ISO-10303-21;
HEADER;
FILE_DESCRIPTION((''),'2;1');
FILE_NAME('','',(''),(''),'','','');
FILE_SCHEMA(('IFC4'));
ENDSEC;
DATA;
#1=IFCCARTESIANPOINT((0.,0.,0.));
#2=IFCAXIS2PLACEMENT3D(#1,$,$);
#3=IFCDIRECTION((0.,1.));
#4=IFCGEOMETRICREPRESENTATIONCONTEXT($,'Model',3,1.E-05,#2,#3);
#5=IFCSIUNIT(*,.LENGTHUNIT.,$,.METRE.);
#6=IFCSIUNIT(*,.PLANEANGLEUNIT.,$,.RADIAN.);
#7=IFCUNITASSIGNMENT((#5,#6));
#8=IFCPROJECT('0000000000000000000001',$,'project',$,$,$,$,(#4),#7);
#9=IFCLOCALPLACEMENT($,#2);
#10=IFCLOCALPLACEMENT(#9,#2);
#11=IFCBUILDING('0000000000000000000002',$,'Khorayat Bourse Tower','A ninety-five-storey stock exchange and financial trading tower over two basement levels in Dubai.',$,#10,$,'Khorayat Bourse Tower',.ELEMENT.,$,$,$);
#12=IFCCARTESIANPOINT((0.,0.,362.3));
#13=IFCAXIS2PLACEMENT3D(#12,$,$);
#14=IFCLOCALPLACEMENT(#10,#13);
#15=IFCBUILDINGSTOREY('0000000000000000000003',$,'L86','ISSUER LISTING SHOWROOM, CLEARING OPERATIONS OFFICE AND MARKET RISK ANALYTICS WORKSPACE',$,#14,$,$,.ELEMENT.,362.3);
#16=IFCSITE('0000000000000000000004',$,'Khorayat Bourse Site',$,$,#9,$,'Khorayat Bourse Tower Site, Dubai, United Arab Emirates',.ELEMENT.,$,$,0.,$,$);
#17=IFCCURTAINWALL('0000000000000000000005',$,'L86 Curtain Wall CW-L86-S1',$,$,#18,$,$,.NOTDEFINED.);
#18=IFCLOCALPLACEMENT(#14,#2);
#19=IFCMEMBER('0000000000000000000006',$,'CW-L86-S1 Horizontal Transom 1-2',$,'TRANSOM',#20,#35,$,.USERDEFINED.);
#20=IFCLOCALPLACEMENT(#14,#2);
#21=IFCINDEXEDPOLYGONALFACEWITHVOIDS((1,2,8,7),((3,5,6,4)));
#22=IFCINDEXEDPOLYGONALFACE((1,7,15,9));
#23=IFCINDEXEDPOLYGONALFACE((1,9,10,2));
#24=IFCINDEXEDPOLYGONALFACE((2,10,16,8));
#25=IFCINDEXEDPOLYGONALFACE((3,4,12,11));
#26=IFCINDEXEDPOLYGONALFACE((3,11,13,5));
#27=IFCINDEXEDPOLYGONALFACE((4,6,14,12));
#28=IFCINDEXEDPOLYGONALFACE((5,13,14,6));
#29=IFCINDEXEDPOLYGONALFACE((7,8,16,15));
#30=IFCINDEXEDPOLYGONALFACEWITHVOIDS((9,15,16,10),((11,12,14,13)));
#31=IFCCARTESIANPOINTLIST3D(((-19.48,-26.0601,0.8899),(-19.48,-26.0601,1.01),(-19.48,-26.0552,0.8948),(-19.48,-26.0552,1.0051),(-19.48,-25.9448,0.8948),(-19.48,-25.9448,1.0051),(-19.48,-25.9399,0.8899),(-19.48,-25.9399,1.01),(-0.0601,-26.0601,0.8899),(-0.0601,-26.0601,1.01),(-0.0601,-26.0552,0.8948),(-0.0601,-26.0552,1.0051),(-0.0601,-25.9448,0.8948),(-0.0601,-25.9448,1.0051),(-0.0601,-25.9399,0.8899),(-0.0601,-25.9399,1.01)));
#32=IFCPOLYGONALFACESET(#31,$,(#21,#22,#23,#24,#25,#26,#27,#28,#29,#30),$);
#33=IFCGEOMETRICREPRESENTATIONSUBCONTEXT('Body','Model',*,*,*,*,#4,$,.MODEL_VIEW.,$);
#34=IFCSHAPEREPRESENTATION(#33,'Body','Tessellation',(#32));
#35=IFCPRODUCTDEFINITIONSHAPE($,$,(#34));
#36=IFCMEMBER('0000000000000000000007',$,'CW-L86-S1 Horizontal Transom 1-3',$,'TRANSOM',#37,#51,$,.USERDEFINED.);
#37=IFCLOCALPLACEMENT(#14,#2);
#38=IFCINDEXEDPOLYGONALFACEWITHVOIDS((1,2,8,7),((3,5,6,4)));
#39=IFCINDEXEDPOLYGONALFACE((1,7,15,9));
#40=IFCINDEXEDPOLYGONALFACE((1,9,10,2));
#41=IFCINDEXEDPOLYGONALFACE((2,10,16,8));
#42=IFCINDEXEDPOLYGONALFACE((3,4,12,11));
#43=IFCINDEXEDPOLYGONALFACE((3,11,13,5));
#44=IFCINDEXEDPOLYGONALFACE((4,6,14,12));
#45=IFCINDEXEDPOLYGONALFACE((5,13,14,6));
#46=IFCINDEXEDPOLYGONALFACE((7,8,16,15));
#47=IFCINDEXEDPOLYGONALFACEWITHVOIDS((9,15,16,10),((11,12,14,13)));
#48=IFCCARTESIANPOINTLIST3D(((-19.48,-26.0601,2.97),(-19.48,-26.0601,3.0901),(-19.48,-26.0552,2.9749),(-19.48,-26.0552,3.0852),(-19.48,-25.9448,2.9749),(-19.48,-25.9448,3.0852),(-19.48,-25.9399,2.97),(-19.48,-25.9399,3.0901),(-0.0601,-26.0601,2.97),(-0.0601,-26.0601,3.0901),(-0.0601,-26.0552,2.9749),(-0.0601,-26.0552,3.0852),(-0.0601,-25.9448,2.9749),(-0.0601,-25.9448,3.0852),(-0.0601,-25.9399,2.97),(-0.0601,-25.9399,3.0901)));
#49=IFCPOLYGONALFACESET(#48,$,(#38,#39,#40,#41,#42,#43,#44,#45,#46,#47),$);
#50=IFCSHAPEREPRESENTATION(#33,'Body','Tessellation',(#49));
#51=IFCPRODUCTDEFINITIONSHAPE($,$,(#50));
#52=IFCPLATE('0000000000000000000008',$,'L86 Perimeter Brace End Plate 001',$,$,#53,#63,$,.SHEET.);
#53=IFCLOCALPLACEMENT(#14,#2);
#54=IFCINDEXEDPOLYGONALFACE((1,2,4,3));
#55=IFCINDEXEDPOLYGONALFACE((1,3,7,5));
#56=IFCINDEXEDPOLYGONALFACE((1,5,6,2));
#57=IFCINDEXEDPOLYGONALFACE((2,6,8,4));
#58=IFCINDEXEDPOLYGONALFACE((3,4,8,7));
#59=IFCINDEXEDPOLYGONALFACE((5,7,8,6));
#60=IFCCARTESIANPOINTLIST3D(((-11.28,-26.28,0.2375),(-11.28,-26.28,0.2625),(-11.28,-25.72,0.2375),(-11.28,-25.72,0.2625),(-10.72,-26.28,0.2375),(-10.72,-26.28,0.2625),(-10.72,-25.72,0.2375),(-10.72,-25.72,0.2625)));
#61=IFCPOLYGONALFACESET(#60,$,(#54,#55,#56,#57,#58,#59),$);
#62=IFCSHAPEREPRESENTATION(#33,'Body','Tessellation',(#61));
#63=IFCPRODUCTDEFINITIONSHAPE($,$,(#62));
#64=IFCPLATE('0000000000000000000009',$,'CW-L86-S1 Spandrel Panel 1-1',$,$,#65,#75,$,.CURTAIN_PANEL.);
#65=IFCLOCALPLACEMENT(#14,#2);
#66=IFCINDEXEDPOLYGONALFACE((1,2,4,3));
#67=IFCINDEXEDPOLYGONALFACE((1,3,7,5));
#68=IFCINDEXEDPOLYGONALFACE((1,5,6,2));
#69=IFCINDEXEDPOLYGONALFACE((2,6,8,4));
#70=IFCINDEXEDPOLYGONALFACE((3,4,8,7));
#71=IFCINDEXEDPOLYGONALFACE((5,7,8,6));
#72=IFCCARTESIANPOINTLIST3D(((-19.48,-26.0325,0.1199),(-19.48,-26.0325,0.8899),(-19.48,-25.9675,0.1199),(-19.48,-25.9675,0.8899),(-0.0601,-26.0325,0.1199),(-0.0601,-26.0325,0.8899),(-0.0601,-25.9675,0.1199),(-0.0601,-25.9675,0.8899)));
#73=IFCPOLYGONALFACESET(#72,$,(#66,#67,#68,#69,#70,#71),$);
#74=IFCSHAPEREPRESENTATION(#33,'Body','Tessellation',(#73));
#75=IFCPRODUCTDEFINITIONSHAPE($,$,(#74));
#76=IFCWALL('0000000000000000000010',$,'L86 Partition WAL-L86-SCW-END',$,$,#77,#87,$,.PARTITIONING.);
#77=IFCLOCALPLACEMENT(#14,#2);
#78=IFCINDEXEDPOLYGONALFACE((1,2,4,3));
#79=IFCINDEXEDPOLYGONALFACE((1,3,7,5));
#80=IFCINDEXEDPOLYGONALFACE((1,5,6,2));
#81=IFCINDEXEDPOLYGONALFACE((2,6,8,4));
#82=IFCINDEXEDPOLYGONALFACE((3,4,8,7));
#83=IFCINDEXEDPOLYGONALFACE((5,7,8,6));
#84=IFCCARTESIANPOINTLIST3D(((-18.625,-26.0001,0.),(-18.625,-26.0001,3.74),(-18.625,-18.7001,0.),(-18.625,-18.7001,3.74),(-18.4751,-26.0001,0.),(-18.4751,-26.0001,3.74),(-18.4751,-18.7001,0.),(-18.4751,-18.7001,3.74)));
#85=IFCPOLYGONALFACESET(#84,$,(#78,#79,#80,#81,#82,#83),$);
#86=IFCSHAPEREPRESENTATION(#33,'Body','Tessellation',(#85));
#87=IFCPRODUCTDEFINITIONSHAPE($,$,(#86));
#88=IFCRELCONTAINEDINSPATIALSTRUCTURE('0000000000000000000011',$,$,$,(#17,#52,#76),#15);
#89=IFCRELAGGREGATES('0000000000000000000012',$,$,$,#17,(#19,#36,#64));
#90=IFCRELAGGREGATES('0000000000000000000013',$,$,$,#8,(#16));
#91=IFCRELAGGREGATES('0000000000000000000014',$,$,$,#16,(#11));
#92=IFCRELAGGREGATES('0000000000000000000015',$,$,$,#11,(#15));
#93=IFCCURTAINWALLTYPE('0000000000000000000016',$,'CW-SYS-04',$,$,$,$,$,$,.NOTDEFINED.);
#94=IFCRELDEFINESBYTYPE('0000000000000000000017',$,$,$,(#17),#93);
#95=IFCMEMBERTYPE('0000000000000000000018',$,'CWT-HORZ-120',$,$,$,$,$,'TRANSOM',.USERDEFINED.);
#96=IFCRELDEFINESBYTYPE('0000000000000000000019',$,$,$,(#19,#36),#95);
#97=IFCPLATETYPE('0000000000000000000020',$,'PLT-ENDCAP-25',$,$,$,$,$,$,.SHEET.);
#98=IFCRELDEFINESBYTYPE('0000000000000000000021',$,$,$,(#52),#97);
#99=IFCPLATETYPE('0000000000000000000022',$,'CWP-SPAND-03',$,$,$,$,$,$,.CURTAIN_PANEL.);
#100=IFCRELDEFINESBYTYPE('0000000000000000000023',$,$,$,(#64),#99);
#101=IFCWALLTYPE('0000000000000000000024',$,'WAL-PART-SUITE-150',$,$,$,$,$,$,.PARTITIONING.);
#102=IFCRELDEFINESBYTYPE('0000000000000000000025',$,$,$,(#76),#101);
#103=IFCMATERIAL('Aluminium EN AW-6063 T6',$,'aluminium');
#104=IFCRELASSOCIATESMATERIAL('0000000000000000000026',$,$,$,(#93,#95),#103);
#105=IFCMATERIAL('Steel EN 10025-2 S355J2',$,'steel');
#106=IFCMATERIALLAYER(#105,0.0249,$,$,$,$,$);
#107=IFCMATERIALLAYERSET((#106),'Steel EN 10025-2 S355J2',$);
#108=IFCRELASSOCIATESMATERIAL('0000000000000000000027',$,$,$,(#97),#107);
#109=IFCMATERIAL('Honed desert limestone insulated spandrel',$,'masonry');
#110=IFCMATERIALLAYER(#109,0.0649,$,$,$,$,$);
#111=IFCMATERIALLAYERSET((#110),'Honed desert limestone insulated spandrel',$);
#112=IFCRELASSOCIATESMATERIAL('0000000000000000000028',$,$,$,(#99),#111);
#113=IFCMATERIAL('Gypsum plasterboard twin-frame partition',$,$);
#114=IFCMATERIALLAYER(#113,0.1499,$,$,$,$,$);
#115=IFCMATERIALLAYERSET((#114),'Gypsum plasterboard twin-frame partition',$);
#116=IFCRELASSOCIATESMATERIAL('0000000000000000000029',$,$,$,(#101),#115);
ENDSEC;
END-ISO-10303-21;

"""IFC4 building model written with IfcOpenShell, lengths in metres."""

from ifc_helpers import new_model, si_unit, direction, frame, frame_2d, origin, origin_2d, place, context, subcontext, project, spatial, rectangle, hollow_rectangle, extrude, source, transform, mapped, material, layer, layer_set, material_profile, profile_set, type_object, element, aggregate, save


model = new_model("IFC4")

# Units and contexts
model_context = context("Model", 3, precision=1e-05, world=origin(), true_north=direction((0.0, 1.0)))
body_context = subcontext(model_context, "Body", "Model", "MODEL_VIEW")
ifc_project = project(units=[si_unit("LENGTHUNIT", "METRE"), si_unit("PLANEANGLEUNIT", "RADIAN")], contexts=[model_context])

# Site, building, storey
site_placement = place(None, origin())
site = spatial("IfcSite", under=ifc_project, at=site_placement, Name="Khorayat Bourse Site", LongName="Khorayat Bourse Tower Site, Dubai, United Arab Emirates", CompositionType="ELEMENT", RefElevation=0.0)
building_placement = place(site_placement, origin())
building = spatial("IfcBuilding", under=site, at=building_placement, Name="Khorayat Bourse Tower", Description="A ninety-five-storey stock exchange and financial trading tower over two basement levels in Dubai.", LongName="Khorayat Bourse Tower", CompositionType="ELEMENT")
storey_placement = place(building_placement, frame((0.0, 0.0, 362.3)))
storey = spatial("IfcBuildingStorey", under=building, at=storey_placement, Name="L86", Description="ISSUER LISTING SHOWROOM, CLEARING OPERATIONS OFFICE AND MARKET RISK ANALYTICS WORKSPACE", CompositionType="ELEMENT", Elevation=362.3)

# Shared definitions
ifc_material_1 = material(Name="Steel EN 10025-2 S355J2", Category="steel")

# Curtain wall, members
ifc_material_2 = material(Name="Aluminium EN AW-6063 T6", Category="aluminium")
curtain_wall_type = type_object("IfcCurtainWallType", Name="CW-SYS-04", PredefinedType="NOTDEFINED", material=ifc_material_2)
curtain_wall_placement = place(storey_placement, origin())
curtain_wall = element("IfcCurtainWall", 1, at=curtain_wall_placement, inside=storey, type_object=curtain_wall_type, Name="L86 Curtain Wall CW-L86-S1", PredefinedType="NOTDEFINED")
ifc_material_profile_1 = material_profile(ifc_material_2, hollow_rectangle(XDim=0.1201, YDim=0.1201, WallThickness=0.0049, at=origin_2d()), Name="ALU 120x120x5")
ifc_profile_set_1 = profile_set([ifc_material_profile_1], Name="Aluminium EN AW-6063 T6")
member_type_1 = type_object("IfcMemberType", Name="CWT-HORZ-120", ElementType="TRANSOM", PredefinedType="USERDEFINED", material=ifc_profile_set_1)
shared_shape_1 = source(origin(), body_context, "Body", "SweptSolid", [
    extrude(hollow_rectangle(XDim=0.1201, YDim=0.1201, WallThickness=0.0049, at=origin_2d()), origin(), (0.0, 0.0, 1.0), 19.4199),
])
member_1_placement = place(storey_placement, frame((-19.48, -26.0, 0.95), z_axis=(1.0, 0.0, 0.0), x_axis=(0.0, 1.0, 0.0)))
member_1 = element("IfcMember", 2, at=member_1_placement, type_object=member_type_1, Name="CW-L86-S1 Horizontal Transom 1-2", ObjectType="TRANSOM", PredefinedType="USERDEFINED", context=body_context, shape_type="MappedRepresentation", body=[
    mapped(shared_shape_1, transform((0.0, 0.0, 0.0), scale=1.0)),
])
member_2_placement = place(storey_placement, frame((-19.48, -26.0, 3.03), z_axis=(1.0, 0.0, 0.0), x_axis=(0.0, 1.0, 0.0)))
member_2 = element("IfcMember", 3, at=member_2_placement, type_object=member_type_1, Name="CW-L86-S1 Horizontal Transom 1-3", ObjectType="TRANSOM", PredefinedType="USERDEFINED", context=body_context, shape_type="MappedRepresentation", body=[
    mapped(shared_shape_1, transform((0.0, 0.0, 0.0), scale=1.0)),
])

# Plates
ifc_layer_1 = layer(ifc_material_1, 0.0249)
ifc_layer_set_1 = layer_set([ifc_layer_1], Name="Steel EN 10025-2 S355J2")
plate_type_1 = type_object("IfcPlateType", Name="PLT-ENDCAP-25", PredefinedType="SHEET", material=ifc_layer_set_1)
shared_shape_2 = source(origin(), body_context, "Body", "SweptSolid", [
    extrude(rectangle(XDim=0.5601, YDim=0.5601, at=origin_2d()), origin(), (0.0, 0.0, 1.0), 0.0249),
])
plate_1_placement = place(storey_placement, frame((-11.0, -26.0, 0.2375), z_axis=(0.0, 0.0, 1.0), x_axis=(1.0, 0.0, 0.0)))
element("IfcPlate", 4, at=plate_1_placement, inside=storey, type_object=plate_type_1, Name="L86 Perimeter Brace End Plate 001", PredefinedType="SHEET", context=body_context, shape_type="MappedRepresentation", body=[
    mapped(shared_shape_2, transform((0.0, 0.0, 0.0), scale=1.0)),
])
ifc_material_3 = material(Name="Honed desert limestone insulated spandrel", Category="masonry")
ifc_layer_2 = layer(ifc_material_3, 0.0649)
ifc_layer_set_2 = layer_set([ifc_layer_2], Name="Honed desert limestone insulated spandrel")
plate_type_2 = type_object("IfcPlateType", Name="CWP-SPAND-03", PredefinedType="CURTAIN_PANEL", material=ifc_layer_set_2)
shared_shape_3 = source(origin(), body_context, "Body", "SweptSolid", [
    extrude(rectangle(XDim=19.4199, YDim=0.0649, at=origin_2d()), origin(), (0.0, 0.0, 1.0), 0.77),
])
plate_2_placement = place(storey_placement, frame((-9.77, -26.0, 0.1199), z_axis=(0.0, 0.0, 1.0), x_axis=(1.0, 0.0, 0.0)))
plate_2 = element("IfcPlate", 5, at=plate_2_placement, type_object=plate_type_2, Name="CW-L86-S1 Spandrel Panel 1-1", PredefinedType="CURTAIN_PANEL", context=body_context, shape_type="MappedRepresentation", body=[
    mapped(shared_shape_3, transform((0.0, 0.0, 0.0), scale=1.0)),
])
aggregate(curtain_wall, [member_1, member_2, plate_2])

# Wall
ifc_material_4 = material(Name="Gypsum plasterboard twin-frame partition")
ifc_layer_3 = layer(ifc_material_4, 0.1499)
ifc_layer_set_3 = layer_set([ifc_layer_3], Name="Gypsum plasterboard twin-frame partition")
wall_type = type_object("IfcWallType", Name="WAL-PART-SUITE-150", PredefinedType="PARTITIONING", material=ifc_layer_set_3)
shared_shape_4 = source(origin(), body_context, "Body", "SweptSolid", [
    extrude(rectangle(XDim=7.3, YDim=0.1499, at=frame_2d((3.6499, 0.0))), origin(), (0.0, 0.0, 1.0), 3.74),
])
wall_placement = place(storey_placement, frame((-18.55, -26.0, 0.0), z_axis=(0.0, 0.0, 1.0), x_axis=(0.0, 1.0, 0.0)))
element("IfcWall", 6, at=wall_placement, inside=storey, type_object=wall_type, Name="L86 Partition WAL-L86-SCW-END", PredefinedType="PARTITIONING", context=body_context, shape_type="MappedRepresentation", body=[
    mapped(shared_shape_4, transform((0.0, 0.0, 0.0), scale=1.0)),
])

save(model, "model.ifc")
